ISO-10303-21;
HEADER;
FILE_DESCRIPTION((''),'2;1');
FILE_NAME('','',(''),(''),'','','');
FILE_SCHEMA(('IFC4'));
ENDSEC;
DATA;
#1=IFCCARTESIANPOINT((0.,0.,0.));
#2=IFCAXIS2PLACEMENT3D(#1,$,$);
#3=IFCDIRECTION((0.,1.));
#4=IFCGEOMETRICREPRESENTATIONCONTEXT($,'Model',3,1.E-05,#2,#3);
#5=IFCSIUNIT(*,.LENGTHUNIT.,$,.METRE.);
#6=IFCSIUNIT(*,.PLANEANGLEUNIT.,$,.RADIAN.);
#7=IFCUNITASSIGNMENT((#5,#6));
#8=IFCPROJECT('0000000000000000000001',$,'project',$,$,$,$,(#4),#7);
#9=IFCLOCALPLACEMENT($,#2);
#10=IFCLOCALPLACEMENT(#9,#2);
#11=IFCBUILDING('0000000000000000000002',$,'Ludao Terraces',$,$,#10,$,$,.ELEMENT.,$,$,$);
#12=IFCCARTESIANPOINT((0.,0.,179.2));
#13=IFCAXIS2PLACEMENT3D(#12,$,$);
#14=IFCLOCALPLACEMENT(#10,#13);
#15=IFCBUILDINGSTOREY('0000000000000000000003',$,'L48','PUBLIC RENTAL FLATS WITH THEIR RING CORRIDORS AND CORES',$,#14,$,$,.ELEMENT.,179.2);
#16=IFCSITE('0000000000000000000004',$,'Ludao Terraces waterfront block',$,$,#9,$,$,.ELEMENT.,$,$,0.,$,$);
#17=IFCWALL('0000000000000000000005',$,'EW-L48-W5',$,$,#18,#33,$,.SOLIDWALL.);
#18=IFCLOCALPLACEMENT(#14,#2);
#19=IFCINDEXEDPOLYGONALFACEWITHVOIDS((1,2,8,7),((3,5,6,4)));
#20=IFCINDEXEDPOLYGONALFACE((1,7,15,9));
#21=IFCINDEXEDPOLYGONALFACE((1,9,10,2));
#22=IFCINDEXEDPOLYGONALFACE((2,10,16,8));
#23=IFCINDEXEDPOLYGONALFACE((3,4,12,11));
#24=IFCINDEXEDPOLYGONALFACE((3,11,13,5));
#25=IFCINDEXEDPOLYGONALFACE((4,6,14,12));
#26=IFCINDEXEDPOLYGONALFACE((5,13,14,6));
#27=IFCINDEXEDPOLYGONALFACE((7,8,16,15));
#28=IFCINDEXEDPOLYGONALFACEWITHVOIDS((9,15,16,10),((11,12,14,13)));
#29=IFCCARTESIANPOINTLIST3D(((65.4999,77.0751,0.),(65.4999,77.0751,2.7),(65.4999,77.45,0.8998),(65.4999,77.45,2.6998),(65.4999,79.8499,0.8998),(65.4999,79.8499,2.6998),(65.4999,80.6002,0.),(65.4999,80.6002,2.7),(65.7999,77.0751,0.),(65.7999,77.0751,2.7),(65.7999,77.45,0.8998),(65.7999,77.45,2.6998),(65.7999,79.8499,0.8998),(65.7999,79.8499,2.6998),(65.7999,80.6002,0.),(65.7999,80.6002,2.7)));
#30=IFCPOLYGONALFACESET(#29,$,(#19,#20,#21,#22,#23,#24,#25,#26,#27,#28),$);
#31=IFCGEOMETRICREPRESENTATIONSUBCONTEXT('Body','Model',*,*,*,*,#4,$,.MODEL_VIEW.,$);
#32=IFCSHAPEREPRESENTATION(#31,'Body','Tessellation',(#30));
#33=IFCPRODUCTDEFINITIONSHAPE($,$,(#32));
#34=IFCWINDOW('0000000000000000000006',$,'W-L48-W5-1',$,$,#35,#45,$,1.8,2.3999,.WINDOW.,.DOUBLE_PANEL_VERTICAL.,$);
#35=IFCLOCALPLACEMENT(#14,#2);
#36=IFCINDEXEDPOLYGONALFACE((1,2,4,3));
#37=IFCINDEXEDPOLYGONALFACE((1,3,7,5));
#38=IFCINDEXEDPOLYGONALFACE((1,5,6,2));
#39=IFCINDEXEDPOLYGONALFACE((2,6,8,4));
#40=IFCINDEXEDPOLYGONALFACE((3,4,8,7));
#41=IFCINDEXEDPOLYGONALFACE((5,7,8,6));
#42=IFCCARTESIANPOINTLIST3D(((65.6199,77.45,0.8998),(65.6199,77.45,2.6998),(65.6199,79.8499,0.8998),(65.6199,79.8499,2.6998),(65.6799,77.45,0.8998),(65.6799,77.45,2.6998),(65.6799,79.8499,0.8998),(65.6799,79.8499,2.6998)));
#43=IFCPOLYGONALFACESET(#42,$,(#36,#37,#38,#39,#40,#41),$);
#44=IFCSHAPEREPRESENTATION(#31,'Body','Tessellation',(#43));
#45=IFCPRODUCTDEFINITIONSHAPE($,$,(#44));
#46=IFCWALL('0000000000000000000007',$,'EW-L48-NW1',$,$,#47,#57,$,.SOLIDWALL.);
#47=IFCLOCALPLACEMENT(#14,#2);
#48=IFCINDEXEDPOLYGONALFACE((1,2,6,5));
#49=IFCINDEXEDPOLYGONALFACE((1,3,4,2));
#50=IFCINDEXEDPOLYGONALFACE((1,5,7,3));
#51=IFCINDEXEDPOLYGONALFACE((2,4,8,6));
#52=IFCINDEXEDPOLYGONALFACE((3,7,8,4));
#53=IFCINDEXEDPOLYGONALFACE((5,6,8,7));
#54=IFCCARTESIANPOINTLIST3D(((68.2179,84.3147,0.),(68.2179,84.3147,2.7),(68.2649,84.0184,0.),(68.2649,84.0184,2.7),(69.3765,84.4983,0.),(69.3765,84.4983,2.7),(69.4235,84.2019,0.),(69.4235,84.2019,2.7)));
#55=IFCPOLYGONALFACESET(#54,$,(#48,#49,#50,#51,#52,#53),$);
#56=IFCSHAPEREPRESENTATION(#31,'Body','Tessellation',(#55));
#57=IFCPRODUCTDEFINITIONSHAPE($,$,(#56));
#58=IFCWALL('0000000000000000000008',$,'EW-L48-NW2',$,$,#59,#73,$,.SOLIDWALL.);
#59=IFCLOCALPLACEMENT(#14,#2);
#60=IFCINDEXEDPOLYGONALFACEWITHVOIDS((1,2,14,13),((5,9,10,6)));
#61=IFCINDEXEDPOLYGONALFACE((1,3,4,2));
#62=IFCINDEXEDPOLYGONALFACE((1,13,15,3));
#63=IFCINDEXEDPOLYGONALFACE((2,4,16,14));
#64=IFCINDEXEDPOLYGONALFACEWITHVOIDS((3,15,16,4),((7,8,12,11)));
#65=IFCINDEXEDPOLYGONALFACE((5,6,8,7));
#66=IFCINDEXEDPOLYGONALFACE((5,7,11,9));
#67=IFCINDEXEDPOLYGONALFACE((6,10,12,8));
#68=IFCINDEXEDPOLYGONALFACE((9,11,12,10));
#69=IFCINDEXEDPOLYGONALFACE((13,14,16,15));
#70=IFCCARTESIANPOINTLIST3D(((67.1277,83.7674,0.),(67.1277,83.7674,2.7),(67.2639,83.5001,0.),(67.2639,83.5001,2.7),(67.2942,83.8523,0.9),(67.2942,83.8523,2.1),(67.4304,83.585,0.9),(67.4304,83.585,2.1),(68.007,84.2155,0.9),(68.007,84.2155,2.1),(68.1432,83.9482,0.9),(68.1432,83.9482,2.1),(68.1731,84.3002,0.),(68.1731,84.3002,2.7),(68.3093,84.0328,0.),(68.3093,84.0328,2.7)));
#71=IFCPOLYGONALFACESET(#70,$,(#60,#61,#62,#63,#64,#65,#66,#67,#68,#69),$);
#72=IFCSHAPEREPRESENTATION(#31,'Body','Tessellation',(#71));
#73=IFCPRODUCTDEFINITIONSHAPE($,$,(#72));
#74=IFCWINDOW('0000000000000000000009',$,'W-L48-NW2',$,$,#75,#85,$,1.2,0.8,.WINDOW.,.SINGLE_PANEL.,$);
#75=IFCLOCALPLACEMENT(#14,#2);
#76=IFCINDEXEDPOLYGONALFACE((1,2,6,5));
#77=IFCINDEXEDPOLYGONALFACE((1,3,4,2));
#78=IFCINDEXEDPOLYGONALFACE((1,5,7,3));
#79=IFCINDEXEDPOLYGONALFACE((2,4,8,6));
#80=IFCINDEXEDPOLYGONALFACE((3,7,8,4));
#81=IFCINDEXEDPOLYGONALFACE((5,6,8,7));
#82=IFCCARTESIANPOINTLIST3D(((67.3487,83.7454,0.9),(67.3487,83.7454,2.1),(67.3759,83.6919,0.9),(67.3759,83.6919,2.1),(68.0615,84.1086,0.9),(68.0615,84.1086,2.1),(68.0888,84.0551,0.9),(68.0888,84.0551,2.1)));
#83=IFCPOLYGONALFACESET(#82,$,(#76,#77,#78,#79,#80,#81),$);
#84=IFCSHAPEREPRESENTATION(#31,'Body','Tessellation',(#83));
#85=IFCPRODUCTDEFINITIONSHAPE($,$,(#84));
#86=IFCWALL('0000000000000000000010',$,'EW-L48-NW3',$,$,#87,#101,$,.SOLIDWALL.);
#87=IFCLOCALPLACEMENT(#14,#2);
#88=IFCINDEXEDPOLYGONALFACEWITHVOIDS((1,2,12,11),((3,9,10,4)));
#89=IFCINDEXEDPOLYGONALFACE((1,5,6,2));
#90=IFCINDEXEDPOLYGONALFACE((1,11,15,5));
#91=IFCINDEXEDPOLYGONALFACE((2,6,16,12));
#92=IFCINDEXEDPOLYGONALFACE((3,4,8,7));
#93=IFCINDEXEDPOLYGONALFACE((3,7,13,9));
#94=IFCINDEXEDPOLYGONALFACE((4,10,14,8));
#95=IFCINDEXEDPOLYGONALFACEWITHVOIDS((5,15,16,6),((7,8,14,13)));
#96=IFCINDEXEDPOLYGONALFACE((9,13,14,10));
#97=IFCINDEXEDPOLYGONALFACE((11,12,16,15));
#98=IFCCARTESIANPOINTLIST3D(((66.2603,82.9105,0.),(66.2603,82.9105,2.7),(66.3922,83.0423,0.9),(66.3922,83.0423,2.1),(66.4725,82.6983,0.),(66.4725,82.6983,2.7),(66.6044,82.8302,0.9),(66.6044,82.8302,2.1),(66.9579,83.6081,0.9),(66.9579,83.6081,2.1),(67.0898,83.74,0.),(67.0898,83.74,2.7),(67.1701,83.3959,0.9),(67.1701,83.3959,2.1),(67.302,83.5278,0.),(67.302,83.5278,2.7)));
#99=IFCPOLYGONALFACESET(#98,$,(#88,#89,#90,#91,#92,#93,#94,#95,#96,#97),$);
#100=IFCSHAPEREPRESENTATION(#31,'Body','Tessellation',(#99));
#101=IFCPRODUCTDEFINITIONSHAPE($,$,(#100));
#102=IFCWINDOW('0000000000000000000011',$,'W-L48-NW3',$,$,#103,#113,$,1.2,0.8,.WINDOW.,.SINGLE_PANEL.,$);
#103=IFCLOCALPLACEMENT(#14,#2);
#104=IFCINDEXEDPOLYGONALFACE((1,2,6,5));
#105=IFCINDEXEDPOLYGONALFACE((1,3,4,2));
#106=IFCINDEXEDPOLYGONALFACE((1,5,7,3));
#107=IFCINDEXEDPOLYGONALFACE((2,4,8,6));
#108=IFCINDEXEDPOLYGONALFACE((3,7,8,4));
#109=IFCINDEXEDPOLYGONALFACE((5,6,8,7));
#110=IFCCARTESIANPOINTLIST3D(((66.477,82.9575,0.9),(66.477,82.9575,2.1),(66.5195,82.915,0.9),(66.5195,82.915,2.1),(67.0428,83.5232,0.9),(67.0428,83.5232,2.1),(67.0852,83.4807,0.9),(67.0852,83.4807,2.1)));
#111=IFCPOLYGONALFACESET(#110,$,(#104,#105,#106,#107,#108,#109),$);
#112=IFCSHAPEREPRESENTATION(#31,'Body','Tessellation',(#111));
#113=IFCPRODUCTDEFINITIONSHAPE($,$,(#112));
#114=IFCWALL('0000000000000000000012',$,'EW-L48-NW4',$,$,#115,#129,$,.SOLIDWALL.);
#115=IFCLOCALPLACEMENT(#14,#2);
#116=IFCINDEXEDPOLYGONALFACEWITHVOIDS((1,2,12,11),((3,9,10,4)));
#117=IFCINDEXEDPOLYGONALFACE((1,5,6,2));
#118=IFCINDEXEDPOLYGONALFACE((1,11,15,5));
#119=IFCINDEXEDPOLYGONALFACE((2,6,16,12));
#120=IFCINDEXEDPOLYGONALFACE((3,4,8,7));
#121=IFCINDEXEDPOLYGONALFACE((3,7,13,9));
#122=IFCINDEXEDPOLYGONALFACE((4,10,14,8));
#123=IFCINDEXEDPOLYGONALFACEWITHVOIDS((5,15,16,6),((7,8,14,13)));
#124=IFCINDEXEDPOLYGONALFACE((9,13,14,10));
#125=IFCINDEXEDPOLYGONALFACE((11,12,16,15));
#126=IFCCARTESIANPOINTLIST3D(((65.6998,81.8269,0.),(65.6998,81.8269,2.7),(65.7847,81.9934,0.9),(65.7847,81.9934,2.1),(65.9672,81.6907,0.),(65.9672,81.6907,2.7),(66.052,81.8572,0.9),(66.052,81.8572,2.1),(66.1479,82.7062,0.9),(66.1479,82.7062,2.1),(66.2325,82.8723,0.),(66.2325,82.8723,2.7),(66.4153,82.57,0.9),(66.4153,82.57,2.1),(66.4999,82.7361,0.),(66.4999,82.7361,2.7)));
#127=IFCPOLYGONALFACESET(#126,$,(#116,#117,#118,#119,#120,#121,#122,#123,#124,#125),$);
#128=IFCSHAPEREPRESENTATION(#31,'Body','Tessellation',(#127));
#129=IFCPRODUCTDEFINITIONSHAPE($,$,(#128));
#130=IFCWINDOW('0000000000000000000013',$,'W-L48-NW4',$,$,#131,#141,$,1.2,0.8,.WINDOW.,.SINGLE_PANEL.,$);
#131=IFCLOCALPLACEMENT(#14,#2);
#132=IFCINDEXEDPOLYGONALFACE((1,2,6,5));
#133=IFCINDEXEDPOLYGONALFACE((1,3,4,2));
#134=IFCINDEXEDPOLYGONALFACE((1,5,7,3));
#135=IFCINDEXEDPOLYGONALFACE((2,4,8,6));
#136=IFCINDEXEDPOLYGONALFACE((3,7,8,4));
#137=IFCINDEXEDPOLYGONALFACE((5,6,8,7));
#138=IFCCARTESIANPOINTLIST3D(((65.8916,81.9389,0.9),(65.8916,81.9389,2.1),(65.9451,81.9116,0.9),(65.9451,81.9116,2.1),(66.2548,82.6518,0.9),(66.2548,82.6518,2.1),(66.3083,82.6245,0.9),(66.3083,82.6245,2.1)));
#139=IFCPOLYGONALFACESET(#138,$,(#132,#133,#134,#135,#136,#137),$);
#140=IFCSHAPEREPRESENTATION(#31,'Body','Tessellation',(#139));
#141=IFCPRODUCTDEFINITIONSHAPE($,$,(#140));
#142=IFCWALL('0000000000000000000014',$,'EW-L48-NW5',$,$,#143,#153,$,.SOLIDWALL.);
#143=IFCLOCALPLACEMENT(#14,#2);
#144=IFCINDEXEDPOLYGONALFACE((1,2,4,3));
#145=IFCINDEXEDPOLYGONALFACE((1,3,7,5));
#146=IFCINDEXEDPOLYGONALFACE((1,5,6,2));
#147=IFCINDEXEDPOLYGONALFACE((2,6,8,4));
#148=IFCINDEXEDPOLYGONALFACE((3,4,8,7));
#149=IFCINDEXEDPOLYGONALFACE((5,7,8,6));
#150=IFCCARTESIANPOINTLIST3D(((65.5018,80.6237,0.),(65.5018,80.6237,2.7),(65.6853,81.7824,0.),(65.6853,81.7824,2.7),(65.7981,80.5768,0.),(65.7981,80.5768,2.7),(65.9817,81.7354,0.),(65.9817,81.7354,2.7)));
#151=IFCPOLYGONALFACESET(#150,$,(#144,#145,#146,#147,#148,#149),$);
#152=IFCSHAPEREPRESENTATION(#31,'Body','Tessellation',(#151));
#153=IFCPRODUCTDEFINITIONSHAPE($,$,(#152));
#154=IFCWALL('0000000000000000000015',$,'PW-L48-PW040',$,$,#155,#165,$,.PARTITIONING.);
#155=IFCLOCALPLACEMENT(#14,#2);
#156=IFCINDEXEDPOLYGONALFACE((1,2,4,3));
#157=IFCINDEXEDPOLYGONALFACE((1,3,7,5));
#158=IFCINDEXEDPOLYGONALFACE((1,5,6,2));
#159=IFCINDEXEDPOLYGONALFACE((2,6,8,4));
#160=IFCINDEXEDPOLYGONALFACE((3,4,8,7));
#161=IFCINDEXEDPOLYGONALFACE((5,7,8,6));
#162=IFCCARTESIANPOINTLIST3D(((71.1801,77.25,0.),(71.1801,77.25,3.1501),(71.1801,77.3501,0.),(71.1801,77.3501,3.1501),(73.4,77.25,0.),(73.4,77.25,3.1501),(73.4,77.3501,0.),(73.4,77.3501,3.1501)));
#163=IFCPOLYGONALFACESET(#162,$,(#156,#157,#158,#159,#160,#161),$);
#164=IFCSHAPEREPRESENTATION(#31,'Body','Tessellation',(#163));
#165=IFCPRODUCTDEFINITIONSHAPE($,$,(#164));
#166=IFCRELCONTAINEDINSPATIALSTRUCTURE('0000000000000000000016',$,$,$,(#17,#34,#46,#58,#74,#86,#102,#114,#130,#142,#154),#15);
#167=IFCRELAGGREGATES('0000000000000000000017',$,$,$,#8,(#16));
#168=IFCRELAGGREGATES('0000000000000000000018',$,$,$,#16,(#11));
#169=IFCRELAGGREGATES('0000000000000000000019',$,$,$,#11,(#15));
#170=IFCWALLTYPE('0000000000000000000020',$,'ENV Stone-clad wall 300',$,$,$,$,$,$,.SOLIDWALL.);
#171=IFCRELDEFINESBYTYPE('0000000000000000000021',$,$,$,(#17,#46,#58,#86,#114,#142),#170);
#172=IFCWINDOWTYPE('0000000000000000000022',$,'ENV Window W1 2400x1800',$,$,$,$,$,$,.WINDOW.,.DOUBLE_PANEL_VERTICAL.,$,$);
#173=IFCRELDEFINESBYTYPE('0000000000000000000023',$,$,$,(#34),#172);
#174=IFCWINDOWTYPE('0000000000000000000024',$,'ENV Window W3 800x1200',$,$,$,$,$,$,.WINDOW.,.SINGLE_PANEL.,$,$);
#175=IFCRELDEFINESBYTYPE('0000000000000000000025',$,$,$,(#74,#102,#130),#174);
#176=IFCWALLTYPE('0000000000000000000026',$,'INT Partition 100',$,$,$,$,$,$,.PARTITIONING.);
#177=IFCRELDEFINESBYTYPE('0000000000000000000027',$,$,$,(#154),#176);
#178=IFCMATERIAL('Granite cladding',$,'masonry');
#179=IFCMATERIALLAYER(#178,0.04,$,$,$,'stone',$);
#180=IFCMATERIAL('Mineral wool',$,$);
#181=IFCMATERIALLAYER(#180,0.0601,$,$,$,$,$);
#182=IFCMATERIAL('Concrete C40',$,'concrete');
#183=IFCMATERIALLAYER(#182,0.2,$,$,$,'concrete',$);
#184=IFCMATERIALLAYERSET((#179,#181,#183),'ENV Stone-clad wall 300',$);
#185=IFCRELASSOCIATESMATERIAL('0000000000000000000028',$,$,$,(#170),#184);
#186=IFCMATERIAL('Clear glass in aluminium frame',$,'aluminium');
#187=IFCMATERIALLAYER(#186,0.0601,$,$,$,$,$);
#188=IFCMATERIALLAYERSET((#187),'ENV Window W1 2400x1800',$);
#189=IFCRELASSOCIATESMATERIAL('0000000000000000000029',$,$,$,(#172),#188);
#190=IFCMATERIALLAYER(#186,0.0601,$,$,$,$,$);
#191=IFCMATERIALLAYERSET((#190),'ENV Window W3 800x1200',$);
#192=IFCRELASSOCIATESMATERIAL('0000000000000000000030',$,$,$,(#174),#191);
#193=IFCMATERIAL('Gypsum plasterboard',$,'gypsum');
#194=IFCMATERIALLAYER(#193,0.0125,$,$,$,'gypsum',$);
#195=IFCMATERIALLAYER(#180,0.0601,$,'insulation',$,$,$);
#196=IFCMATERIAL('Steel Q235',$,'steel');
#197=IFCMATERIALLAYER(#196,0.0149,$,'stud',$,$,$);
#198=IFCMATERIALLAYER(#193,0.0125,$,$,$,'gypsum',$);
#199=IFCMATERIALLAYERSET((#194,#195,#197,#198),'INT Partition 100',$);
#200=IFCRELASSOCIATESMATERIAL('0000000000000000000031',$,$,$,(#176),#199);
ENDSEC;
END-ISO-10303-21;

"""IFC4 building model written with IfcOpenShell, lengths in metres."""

from ifc_helpers import new_model, si_unit, direction, frame, frame_2d, origin, place, context, subcontext, project, spatial, rectangle, extrude, material, layer, layer_set, type_object, element, fill, save


model = new_model("IFC4")

# Units and contexts
model_context = context("Model", 3, precision=1e-05, world=origin(), true_north=direction((0.0, 1.0)))
body_context = subcontext(model_context, "Body", "Model", "MODEL_VIEW")
ifc_project = project(units=[si_unit("LENGTHUNIT", "METRE"), si_unit("PLANEANGLEUNIT", "RADIAN")], contexts=[model_context])

# Site, building, storey
site_placement = place(None, origin())
site = spatial("IfcSite", under=ifc_project, at=site_placement, Name="Ludao Terraces waterfront block", CompositionType="ELEMENT", RefElevation=0.0)
building_placement = place(site_placement, origin())
building = spatial("IfcBuilding", under=site, at=building_placement, Name="Ludao Terraces", CompositionType="ELEMENT")
storey_placement = place(building_placement, frame((0.0, 0.0, 179.2)))
storey = spatial("IfcBuildingStorey", under=building, at=storey_placement, Name="L48", Description="PUBLIC RENTAL FLATS WITH THEIR RING CORRIDORS AND CORES", CompositionType="ELEMENT", Elevation=179.2)

# Shared definitions
ifc_material_1 = material(Name="Concrete C40", Category="concrete")

# Shared definitions
ifc_material_2 = material(Name="Steel Q235", Category="steel")

# Shared definitions
ifc_material_3 = material(Name="Granite cladding", Category="masonry")
ifc_layer_1 = layer(ifc_material_3, 0.04, Category="stone")
ifc_material_4 = material(Name="Mineral wool")
ifc_layer_2 = layer(ifc_material_4, 0.0601)
ifc_layer_3 = layer(ifc_material_1, 0.2, Category="concrete")
ifc_layer_set_1 = layer_set([ifc_layer_1, ifc_layer_2, ifc_layer_3], Name="ENV Stone-clad wall 300")
wall_type_1 = type_object("IfcWallType", Name="ENV Stone-clad wall 300", PredefinedType="SOLIDWALL", material=ifc_layer_set_1)
ifc_material_5 = material(Name="Clear glass in aluminium frame", Category="aluminium")
ifc_layer_4 = layer(ifc_material_5, 0.0601)
ifc_layer_set_2 = layer_set([ifc_layer_4], Name="ENV Window W1 2400x1800")
window_type_1 = type_object("IfcWindowType", Name="ENV Window W1 2400x1800", PartitioningType="DOUBLE_PANEL_VERTICAL", PredefinedType="WINDOW", material=ifc_layer_set_2)

# Wall, opening, window
wall_1_placement = place(storey_placement, frame((65.6499, 77.075, 0.0), z_axis=(0.0, 0.0, 1.0), x_axis=(0.0, 1.0, 0.0)))
wall_1 = element("IfcWall", 1, at=wall_1_placement, inside=storey, type_object=wall_type_1, Name="EW-L48-W5", PredefinedType="SOLIDWALL", context=body_context, shape_type="SweptSolid", body=[
    extrude(rectangle(XDim=3.5251, YDim=0.3, at=frame_2d((1.7627, 0.0))), origin(), (0.0, 0.0, 1.0), 2.7),
])
opening_1_placement = place(wall_1_placement, frame((0.375, 0.0, 0.8999)))
opening_1 = element("IfcOpeningElement", 2, at=opening_1_placement, cuts=wall_1, PredefinedType="OPENING", context=body_context, shape_type="SweptSolid", body=[
    extrude(rectangle(XDim=2.3999, YDim=1.8, at=frame_2d((1.2, 0.8999))), frame((0.0, 0.1602, 0.0), z_axis=(0.0, -1.0, 0.0), x_axis=(1.0, 0.0, 0.0)), (0.0, 0.0, 1.0), 0.3201),
])
window_1_placement = place(opening_1_placement, origin())
window_1 = element("IfcWindow", 3, at=window_1_placement, inside=storey, type_object=window_type_1, Name="W-L48-W5-1", OverallHeight=1.8, OverallWidth=2.3999, PartitioningType="DOUBLE_PANEL_VERTICAL", PredefinedType="WINDOW", context=body_context, shape_type="SweptSolid", body=[
    extrude(rectangle(XDim=2.3999, YDim=1.8, at=frame_2d((1.2, 0.8999))), frame((0.0, 0.03, 0.0), z_axis=(0.0, -1.0, 0.0), x_axis=(1.0, 0.0, 0.0)), (0.0, 0.0, 1.0), 0.0601),
])
fill(opening_1, window_1)

# Wall
wall_2_placement = place(storey_placement, frame((69.3999, 84.3501, 0.0), z_axis=(0.0, 0.0, 1.0), x_axis=(-0.987678, -0.156497, 0.0)))
element("IfcWall", 4, at=wall_2_placement, inside=storey, type_object=wall_type_1, Name="EW-L48-NW1", PredefinedType="SOLIDWALL", context=body_context, shape_type="SweptSolid", body=[
    extrude(rectangle(XDim=1.1731, YDim=0.3, at=frame_2d((0.5864, 0.0))), origin(), (0.0, 0.0, 1.0), 2.7),
])

# Walls, openings, windows
wall_3_placement = place(storey_placement, frame((68.2412, 84.1665, 0.0), z_axis=(0.0, 0.0, 1.0), x_axis=(-0.890989, -0.454026, 0.0)))
wall_3 = element("IfcWall", 5, at=wall_3_placement, inside=storey, type_object=wall_type_1, Name="EW-L48-NW2", PredefinedType="SOLIDWALL", context=body_context, shape_type="SweptSolid", body=[
    extrude(rectangle(XDim=1.1733, YDim=0.3, at=frame_2d((0.5867, 0.0))), origin(), (0.0, 0.0, 1.0), 2.7),
])
opening_2_placement = place(wall_3_placement, frame((0.1865, 0.0, 0.8999)))
opening_2 = element("IfcOpeningElement", 6, at=opening_2_placement, cuts=wall_3, PredefinedType="OPENING", context=body_context, shape_type="SweptSolid", body=[
    extrude(rectangle(XDim=0.8, YDim=1.2, at=frame_2d((0.3999, 0.6001))), frame((0.0, 0.1602, 0.0), z_axis=(0.0, -1.0, 0.0), x_axis=(1.0, 0.0, 0.0)), (0.0, 0.0, 1.0), 0.3201),
])
ifc_layer_5 = layer(ifc_material_5, 0.0601)
ifc_layer_set_3 = layer_set([ifc_layer_5], Name="ENV Window W3 800x1200")
window_type_2 = type_object("IfcWindowType", Name="ENV Window W3 800x1200", PartitioningType="SINGLE_PANEL", PredefinedType="WINDOW", material=ifc_layer_set_3)
window_2_placement = place(opening_2_placement, origin())
window_2 = element("IfcWindow", 7, at=window_2_placement, inside=storey, type_object=window_type_2, Name="W-L48-NW2", OverallHeight=1.2, OverallWidth=0.8, PartitioningType="SINGLE_PANEL", PredefinedType="WINDOW", context=body_context, shape_type="SweptSolid", body=[
    extrude(rectangle(XDim=0.8, YDim=1.2, at=frame_2d((0.3999, 0.6001))), frame((0.0, 0.03, 0.0), z_axis=(0.0, -1.0, 0.0), x_axis=(1.0, 0.0, 0.0)), (0.0, 0.0, 1.0), 0.0601),
])
fill(opening_2, window_2)
wall_4_placement = place(storey_placement, frame((67.1958, 83.6338, 0.0), z_axis=(0.0, 0.0, 1.0), x_axis=(-0.707107, -0.707107, 0.0)))
wall_4 = element("IfcWall", 8, at=wall_4_placement, inside=storey, type_object=wall_type_1, Name="EW-L48-NW3", PredefinedType="SOLIDWALL", context=body_context, shape_type="SweptSolid", body=[
    extrude(rectangle(XDim=1.1731, YDim=0.3, at=frame_2d((0.5864, 0.0))), origin(), (0.0, 0.0, 1.0), 2.7),
])
opening_3_placement = place(wall_4_placement, frame((0.1865, 0.0, 0.8999)))
opening_3 = element("IfcOpeningElement", 9, at=opening_3_placement, cuts=wall_4, PredefinedType="OPENING", context=body_context, shape_type="SweptSolid", body=[
    extrude(rectangle(XDim=0.8, YDim=1.2, at=frame_2d((0.3999, 0.6001))), frame((0.0, 0.1602, 0.0), z_axis=(0.0, -1.0, 0.0), x_axis=(1.0, 0.0, 0.0)), (0.0, 0.0, 1.0), 0.3201),
])
window_3_placement = place(opening_3_placement, origin())
window_3 = element("IfcWindow", 10, at=window_3_placement, inside=storey, type_object=window_type_2, Name="W-L48-NW3", OverallHeight=1.2, OverallWidth=0.8, PartitioningType="SINGLE_PANEL", PredefinedType="WINDOW", context=body_context, shape_type="SweptSolid", body=[
    extrude(rectangle(XDim=0.8, YDim=1.2, at=frame_2d((0.3999, 0.6001))), frame((0.0, 0.03, 0.0), z_axis=(0.0, -1.0, 0.0), x_axis=(1.0, 0.0, 0.0)), (0.0, 0.0, 1.0), 0.0601),
])
fill(opening_3, window_3)
wall_5_placement = place(storey_placement, frame((66.3662, 82.8042, 0.0), z_axis=(0.0, 0.0, 1.0), x_axis=(-0.454026, -0.890989, 0.0)))
wall_5 = element("IfcWall", 11, at=wall_5_placement, inside=storey, type_object=wall_type_1, Name="EW-L48-NW4", PredefinedType="SOLIDWALL", context=body_context, shape_type="SweptSolid", body=[
    extrude(rectangle(XDim=1.1733, YDim=0.3, at=frame_2d((0.5867, 0.0))), origin(), (0.0, 0.0, 1.0), 2.7),
])
opening_4_placement = place(wall_5_placement, frame((0.1865, 0.0, 0.8999)))
opening_4 = element("IfcOpeningElement", 12, at=opening_4_placement, cuts=wall_5, PredefinedType="OPENING", context=body_context, shape_type="SweptSolid", body=[
    extrude(rectangle(XDim=0.8, YDim=1.2, at=frame_2d((0.3999, 0.6001))), frame((0.0, 0.1602, 0.0), z_axis=(0.0, -1.0, 0.0), x_axis=(1.0, 0.0, 0.0)), (0.0, 0.0, 1.0), 0.3201),
])
window_4_placement = place(opening_4_placement, origin())
window_4 = element("IfcWindow", 13, at=window_4_placement, inside=storey, type_object=window_type_2, Name="W-L48-NW4", OverallHeight=1.2, OverallWidth=0.8, PartitioningType="SINGLE_PANEL", PredefinedType="WINDOW", context=body_context, shape_type="SweptSolid", body=[
    extrude(rectangle(XDim=0.8, YDim=1.2, at=frame_2d((0.3999, 0.6001))), frame((0.0, 0.03, 0.0), z_axis=(0.0, -1.0, 0.0), x_axis=(1.0, 0.0, 0.0)), (0.0, 0.0, 1.0), 0.0601),
])
fill(opening_4, window_4)

# Walls
wall_6_placement = place(storey_placement, frame((65.8335, 81.7588, 0.0), z_axis=(0.0, 0.0, 1.0), x_axis=(-0.156497, -0.987678, 0.0)))
element("IfcWall", 14, at=wall_6_placement, inside=storey, type_object=wall_type_1, Name="EW-L48-NW5", PredefinedType="SOLIDWALL", context=body_context, shape_type="SweptSolid", body=[
    extrude(rectangle(XDim=1.1731, YDim=0.3, at=frame_2d((0.5864, 0.0))), origin(), (0.0, 0.0, 1.0), 2.7),
])
ifc_material_6 = material(Name="Gypsum plasterboard", Category="gypsum")
ifc_layer_6 = layer(ifc_material_6, 0.0125, Category="gypsum")
ifc_layer_7 = layer(ifc_material_4, 0.0601, Name="insulation")
ifc_layer_8 = layer(ifc_material_2, 0.0149, Name="stud")
ifc_layer_9 = layer(ifc_material_6, 0.0125, Category="gypsum")
ifc_layer_set_4 = layer_set([ifc_layer_6, ifc_layer_7, ifc_layer_8, ifc_layer_9], Name="INT Partition 100")
wall_type_2 = type_object("IfcWallType", Name="INT Partition 100", PredefinedType="PARTITIONING", material=ifc_layer_set_4)
for number, where, z_axis, x_axis, name in (
    (15, (71.1802, 77.3, 0.0), (0.0, 0.0, 1.0), (1.0, 0.0, 0.0), "PW-L48-PW040"),
):
    element("IfcWall", number, at=place(storey_placement, frame(where, z_axis=z_axis, x_axis=x_axis)), inside=storey, type_object=wall_type_2, Name=name, PredefinedType="PARTITIONING", context=body_context, shape_type="SweptSolid", body=[
        extrude(rectangle(XDim=2.22, YDim=0.1001, at=frame_2d((1.1099, 0.0))), origin(), (0.0, 0.0, 1.0), 3.1501),
    ])

save(model, "model.ifc")
